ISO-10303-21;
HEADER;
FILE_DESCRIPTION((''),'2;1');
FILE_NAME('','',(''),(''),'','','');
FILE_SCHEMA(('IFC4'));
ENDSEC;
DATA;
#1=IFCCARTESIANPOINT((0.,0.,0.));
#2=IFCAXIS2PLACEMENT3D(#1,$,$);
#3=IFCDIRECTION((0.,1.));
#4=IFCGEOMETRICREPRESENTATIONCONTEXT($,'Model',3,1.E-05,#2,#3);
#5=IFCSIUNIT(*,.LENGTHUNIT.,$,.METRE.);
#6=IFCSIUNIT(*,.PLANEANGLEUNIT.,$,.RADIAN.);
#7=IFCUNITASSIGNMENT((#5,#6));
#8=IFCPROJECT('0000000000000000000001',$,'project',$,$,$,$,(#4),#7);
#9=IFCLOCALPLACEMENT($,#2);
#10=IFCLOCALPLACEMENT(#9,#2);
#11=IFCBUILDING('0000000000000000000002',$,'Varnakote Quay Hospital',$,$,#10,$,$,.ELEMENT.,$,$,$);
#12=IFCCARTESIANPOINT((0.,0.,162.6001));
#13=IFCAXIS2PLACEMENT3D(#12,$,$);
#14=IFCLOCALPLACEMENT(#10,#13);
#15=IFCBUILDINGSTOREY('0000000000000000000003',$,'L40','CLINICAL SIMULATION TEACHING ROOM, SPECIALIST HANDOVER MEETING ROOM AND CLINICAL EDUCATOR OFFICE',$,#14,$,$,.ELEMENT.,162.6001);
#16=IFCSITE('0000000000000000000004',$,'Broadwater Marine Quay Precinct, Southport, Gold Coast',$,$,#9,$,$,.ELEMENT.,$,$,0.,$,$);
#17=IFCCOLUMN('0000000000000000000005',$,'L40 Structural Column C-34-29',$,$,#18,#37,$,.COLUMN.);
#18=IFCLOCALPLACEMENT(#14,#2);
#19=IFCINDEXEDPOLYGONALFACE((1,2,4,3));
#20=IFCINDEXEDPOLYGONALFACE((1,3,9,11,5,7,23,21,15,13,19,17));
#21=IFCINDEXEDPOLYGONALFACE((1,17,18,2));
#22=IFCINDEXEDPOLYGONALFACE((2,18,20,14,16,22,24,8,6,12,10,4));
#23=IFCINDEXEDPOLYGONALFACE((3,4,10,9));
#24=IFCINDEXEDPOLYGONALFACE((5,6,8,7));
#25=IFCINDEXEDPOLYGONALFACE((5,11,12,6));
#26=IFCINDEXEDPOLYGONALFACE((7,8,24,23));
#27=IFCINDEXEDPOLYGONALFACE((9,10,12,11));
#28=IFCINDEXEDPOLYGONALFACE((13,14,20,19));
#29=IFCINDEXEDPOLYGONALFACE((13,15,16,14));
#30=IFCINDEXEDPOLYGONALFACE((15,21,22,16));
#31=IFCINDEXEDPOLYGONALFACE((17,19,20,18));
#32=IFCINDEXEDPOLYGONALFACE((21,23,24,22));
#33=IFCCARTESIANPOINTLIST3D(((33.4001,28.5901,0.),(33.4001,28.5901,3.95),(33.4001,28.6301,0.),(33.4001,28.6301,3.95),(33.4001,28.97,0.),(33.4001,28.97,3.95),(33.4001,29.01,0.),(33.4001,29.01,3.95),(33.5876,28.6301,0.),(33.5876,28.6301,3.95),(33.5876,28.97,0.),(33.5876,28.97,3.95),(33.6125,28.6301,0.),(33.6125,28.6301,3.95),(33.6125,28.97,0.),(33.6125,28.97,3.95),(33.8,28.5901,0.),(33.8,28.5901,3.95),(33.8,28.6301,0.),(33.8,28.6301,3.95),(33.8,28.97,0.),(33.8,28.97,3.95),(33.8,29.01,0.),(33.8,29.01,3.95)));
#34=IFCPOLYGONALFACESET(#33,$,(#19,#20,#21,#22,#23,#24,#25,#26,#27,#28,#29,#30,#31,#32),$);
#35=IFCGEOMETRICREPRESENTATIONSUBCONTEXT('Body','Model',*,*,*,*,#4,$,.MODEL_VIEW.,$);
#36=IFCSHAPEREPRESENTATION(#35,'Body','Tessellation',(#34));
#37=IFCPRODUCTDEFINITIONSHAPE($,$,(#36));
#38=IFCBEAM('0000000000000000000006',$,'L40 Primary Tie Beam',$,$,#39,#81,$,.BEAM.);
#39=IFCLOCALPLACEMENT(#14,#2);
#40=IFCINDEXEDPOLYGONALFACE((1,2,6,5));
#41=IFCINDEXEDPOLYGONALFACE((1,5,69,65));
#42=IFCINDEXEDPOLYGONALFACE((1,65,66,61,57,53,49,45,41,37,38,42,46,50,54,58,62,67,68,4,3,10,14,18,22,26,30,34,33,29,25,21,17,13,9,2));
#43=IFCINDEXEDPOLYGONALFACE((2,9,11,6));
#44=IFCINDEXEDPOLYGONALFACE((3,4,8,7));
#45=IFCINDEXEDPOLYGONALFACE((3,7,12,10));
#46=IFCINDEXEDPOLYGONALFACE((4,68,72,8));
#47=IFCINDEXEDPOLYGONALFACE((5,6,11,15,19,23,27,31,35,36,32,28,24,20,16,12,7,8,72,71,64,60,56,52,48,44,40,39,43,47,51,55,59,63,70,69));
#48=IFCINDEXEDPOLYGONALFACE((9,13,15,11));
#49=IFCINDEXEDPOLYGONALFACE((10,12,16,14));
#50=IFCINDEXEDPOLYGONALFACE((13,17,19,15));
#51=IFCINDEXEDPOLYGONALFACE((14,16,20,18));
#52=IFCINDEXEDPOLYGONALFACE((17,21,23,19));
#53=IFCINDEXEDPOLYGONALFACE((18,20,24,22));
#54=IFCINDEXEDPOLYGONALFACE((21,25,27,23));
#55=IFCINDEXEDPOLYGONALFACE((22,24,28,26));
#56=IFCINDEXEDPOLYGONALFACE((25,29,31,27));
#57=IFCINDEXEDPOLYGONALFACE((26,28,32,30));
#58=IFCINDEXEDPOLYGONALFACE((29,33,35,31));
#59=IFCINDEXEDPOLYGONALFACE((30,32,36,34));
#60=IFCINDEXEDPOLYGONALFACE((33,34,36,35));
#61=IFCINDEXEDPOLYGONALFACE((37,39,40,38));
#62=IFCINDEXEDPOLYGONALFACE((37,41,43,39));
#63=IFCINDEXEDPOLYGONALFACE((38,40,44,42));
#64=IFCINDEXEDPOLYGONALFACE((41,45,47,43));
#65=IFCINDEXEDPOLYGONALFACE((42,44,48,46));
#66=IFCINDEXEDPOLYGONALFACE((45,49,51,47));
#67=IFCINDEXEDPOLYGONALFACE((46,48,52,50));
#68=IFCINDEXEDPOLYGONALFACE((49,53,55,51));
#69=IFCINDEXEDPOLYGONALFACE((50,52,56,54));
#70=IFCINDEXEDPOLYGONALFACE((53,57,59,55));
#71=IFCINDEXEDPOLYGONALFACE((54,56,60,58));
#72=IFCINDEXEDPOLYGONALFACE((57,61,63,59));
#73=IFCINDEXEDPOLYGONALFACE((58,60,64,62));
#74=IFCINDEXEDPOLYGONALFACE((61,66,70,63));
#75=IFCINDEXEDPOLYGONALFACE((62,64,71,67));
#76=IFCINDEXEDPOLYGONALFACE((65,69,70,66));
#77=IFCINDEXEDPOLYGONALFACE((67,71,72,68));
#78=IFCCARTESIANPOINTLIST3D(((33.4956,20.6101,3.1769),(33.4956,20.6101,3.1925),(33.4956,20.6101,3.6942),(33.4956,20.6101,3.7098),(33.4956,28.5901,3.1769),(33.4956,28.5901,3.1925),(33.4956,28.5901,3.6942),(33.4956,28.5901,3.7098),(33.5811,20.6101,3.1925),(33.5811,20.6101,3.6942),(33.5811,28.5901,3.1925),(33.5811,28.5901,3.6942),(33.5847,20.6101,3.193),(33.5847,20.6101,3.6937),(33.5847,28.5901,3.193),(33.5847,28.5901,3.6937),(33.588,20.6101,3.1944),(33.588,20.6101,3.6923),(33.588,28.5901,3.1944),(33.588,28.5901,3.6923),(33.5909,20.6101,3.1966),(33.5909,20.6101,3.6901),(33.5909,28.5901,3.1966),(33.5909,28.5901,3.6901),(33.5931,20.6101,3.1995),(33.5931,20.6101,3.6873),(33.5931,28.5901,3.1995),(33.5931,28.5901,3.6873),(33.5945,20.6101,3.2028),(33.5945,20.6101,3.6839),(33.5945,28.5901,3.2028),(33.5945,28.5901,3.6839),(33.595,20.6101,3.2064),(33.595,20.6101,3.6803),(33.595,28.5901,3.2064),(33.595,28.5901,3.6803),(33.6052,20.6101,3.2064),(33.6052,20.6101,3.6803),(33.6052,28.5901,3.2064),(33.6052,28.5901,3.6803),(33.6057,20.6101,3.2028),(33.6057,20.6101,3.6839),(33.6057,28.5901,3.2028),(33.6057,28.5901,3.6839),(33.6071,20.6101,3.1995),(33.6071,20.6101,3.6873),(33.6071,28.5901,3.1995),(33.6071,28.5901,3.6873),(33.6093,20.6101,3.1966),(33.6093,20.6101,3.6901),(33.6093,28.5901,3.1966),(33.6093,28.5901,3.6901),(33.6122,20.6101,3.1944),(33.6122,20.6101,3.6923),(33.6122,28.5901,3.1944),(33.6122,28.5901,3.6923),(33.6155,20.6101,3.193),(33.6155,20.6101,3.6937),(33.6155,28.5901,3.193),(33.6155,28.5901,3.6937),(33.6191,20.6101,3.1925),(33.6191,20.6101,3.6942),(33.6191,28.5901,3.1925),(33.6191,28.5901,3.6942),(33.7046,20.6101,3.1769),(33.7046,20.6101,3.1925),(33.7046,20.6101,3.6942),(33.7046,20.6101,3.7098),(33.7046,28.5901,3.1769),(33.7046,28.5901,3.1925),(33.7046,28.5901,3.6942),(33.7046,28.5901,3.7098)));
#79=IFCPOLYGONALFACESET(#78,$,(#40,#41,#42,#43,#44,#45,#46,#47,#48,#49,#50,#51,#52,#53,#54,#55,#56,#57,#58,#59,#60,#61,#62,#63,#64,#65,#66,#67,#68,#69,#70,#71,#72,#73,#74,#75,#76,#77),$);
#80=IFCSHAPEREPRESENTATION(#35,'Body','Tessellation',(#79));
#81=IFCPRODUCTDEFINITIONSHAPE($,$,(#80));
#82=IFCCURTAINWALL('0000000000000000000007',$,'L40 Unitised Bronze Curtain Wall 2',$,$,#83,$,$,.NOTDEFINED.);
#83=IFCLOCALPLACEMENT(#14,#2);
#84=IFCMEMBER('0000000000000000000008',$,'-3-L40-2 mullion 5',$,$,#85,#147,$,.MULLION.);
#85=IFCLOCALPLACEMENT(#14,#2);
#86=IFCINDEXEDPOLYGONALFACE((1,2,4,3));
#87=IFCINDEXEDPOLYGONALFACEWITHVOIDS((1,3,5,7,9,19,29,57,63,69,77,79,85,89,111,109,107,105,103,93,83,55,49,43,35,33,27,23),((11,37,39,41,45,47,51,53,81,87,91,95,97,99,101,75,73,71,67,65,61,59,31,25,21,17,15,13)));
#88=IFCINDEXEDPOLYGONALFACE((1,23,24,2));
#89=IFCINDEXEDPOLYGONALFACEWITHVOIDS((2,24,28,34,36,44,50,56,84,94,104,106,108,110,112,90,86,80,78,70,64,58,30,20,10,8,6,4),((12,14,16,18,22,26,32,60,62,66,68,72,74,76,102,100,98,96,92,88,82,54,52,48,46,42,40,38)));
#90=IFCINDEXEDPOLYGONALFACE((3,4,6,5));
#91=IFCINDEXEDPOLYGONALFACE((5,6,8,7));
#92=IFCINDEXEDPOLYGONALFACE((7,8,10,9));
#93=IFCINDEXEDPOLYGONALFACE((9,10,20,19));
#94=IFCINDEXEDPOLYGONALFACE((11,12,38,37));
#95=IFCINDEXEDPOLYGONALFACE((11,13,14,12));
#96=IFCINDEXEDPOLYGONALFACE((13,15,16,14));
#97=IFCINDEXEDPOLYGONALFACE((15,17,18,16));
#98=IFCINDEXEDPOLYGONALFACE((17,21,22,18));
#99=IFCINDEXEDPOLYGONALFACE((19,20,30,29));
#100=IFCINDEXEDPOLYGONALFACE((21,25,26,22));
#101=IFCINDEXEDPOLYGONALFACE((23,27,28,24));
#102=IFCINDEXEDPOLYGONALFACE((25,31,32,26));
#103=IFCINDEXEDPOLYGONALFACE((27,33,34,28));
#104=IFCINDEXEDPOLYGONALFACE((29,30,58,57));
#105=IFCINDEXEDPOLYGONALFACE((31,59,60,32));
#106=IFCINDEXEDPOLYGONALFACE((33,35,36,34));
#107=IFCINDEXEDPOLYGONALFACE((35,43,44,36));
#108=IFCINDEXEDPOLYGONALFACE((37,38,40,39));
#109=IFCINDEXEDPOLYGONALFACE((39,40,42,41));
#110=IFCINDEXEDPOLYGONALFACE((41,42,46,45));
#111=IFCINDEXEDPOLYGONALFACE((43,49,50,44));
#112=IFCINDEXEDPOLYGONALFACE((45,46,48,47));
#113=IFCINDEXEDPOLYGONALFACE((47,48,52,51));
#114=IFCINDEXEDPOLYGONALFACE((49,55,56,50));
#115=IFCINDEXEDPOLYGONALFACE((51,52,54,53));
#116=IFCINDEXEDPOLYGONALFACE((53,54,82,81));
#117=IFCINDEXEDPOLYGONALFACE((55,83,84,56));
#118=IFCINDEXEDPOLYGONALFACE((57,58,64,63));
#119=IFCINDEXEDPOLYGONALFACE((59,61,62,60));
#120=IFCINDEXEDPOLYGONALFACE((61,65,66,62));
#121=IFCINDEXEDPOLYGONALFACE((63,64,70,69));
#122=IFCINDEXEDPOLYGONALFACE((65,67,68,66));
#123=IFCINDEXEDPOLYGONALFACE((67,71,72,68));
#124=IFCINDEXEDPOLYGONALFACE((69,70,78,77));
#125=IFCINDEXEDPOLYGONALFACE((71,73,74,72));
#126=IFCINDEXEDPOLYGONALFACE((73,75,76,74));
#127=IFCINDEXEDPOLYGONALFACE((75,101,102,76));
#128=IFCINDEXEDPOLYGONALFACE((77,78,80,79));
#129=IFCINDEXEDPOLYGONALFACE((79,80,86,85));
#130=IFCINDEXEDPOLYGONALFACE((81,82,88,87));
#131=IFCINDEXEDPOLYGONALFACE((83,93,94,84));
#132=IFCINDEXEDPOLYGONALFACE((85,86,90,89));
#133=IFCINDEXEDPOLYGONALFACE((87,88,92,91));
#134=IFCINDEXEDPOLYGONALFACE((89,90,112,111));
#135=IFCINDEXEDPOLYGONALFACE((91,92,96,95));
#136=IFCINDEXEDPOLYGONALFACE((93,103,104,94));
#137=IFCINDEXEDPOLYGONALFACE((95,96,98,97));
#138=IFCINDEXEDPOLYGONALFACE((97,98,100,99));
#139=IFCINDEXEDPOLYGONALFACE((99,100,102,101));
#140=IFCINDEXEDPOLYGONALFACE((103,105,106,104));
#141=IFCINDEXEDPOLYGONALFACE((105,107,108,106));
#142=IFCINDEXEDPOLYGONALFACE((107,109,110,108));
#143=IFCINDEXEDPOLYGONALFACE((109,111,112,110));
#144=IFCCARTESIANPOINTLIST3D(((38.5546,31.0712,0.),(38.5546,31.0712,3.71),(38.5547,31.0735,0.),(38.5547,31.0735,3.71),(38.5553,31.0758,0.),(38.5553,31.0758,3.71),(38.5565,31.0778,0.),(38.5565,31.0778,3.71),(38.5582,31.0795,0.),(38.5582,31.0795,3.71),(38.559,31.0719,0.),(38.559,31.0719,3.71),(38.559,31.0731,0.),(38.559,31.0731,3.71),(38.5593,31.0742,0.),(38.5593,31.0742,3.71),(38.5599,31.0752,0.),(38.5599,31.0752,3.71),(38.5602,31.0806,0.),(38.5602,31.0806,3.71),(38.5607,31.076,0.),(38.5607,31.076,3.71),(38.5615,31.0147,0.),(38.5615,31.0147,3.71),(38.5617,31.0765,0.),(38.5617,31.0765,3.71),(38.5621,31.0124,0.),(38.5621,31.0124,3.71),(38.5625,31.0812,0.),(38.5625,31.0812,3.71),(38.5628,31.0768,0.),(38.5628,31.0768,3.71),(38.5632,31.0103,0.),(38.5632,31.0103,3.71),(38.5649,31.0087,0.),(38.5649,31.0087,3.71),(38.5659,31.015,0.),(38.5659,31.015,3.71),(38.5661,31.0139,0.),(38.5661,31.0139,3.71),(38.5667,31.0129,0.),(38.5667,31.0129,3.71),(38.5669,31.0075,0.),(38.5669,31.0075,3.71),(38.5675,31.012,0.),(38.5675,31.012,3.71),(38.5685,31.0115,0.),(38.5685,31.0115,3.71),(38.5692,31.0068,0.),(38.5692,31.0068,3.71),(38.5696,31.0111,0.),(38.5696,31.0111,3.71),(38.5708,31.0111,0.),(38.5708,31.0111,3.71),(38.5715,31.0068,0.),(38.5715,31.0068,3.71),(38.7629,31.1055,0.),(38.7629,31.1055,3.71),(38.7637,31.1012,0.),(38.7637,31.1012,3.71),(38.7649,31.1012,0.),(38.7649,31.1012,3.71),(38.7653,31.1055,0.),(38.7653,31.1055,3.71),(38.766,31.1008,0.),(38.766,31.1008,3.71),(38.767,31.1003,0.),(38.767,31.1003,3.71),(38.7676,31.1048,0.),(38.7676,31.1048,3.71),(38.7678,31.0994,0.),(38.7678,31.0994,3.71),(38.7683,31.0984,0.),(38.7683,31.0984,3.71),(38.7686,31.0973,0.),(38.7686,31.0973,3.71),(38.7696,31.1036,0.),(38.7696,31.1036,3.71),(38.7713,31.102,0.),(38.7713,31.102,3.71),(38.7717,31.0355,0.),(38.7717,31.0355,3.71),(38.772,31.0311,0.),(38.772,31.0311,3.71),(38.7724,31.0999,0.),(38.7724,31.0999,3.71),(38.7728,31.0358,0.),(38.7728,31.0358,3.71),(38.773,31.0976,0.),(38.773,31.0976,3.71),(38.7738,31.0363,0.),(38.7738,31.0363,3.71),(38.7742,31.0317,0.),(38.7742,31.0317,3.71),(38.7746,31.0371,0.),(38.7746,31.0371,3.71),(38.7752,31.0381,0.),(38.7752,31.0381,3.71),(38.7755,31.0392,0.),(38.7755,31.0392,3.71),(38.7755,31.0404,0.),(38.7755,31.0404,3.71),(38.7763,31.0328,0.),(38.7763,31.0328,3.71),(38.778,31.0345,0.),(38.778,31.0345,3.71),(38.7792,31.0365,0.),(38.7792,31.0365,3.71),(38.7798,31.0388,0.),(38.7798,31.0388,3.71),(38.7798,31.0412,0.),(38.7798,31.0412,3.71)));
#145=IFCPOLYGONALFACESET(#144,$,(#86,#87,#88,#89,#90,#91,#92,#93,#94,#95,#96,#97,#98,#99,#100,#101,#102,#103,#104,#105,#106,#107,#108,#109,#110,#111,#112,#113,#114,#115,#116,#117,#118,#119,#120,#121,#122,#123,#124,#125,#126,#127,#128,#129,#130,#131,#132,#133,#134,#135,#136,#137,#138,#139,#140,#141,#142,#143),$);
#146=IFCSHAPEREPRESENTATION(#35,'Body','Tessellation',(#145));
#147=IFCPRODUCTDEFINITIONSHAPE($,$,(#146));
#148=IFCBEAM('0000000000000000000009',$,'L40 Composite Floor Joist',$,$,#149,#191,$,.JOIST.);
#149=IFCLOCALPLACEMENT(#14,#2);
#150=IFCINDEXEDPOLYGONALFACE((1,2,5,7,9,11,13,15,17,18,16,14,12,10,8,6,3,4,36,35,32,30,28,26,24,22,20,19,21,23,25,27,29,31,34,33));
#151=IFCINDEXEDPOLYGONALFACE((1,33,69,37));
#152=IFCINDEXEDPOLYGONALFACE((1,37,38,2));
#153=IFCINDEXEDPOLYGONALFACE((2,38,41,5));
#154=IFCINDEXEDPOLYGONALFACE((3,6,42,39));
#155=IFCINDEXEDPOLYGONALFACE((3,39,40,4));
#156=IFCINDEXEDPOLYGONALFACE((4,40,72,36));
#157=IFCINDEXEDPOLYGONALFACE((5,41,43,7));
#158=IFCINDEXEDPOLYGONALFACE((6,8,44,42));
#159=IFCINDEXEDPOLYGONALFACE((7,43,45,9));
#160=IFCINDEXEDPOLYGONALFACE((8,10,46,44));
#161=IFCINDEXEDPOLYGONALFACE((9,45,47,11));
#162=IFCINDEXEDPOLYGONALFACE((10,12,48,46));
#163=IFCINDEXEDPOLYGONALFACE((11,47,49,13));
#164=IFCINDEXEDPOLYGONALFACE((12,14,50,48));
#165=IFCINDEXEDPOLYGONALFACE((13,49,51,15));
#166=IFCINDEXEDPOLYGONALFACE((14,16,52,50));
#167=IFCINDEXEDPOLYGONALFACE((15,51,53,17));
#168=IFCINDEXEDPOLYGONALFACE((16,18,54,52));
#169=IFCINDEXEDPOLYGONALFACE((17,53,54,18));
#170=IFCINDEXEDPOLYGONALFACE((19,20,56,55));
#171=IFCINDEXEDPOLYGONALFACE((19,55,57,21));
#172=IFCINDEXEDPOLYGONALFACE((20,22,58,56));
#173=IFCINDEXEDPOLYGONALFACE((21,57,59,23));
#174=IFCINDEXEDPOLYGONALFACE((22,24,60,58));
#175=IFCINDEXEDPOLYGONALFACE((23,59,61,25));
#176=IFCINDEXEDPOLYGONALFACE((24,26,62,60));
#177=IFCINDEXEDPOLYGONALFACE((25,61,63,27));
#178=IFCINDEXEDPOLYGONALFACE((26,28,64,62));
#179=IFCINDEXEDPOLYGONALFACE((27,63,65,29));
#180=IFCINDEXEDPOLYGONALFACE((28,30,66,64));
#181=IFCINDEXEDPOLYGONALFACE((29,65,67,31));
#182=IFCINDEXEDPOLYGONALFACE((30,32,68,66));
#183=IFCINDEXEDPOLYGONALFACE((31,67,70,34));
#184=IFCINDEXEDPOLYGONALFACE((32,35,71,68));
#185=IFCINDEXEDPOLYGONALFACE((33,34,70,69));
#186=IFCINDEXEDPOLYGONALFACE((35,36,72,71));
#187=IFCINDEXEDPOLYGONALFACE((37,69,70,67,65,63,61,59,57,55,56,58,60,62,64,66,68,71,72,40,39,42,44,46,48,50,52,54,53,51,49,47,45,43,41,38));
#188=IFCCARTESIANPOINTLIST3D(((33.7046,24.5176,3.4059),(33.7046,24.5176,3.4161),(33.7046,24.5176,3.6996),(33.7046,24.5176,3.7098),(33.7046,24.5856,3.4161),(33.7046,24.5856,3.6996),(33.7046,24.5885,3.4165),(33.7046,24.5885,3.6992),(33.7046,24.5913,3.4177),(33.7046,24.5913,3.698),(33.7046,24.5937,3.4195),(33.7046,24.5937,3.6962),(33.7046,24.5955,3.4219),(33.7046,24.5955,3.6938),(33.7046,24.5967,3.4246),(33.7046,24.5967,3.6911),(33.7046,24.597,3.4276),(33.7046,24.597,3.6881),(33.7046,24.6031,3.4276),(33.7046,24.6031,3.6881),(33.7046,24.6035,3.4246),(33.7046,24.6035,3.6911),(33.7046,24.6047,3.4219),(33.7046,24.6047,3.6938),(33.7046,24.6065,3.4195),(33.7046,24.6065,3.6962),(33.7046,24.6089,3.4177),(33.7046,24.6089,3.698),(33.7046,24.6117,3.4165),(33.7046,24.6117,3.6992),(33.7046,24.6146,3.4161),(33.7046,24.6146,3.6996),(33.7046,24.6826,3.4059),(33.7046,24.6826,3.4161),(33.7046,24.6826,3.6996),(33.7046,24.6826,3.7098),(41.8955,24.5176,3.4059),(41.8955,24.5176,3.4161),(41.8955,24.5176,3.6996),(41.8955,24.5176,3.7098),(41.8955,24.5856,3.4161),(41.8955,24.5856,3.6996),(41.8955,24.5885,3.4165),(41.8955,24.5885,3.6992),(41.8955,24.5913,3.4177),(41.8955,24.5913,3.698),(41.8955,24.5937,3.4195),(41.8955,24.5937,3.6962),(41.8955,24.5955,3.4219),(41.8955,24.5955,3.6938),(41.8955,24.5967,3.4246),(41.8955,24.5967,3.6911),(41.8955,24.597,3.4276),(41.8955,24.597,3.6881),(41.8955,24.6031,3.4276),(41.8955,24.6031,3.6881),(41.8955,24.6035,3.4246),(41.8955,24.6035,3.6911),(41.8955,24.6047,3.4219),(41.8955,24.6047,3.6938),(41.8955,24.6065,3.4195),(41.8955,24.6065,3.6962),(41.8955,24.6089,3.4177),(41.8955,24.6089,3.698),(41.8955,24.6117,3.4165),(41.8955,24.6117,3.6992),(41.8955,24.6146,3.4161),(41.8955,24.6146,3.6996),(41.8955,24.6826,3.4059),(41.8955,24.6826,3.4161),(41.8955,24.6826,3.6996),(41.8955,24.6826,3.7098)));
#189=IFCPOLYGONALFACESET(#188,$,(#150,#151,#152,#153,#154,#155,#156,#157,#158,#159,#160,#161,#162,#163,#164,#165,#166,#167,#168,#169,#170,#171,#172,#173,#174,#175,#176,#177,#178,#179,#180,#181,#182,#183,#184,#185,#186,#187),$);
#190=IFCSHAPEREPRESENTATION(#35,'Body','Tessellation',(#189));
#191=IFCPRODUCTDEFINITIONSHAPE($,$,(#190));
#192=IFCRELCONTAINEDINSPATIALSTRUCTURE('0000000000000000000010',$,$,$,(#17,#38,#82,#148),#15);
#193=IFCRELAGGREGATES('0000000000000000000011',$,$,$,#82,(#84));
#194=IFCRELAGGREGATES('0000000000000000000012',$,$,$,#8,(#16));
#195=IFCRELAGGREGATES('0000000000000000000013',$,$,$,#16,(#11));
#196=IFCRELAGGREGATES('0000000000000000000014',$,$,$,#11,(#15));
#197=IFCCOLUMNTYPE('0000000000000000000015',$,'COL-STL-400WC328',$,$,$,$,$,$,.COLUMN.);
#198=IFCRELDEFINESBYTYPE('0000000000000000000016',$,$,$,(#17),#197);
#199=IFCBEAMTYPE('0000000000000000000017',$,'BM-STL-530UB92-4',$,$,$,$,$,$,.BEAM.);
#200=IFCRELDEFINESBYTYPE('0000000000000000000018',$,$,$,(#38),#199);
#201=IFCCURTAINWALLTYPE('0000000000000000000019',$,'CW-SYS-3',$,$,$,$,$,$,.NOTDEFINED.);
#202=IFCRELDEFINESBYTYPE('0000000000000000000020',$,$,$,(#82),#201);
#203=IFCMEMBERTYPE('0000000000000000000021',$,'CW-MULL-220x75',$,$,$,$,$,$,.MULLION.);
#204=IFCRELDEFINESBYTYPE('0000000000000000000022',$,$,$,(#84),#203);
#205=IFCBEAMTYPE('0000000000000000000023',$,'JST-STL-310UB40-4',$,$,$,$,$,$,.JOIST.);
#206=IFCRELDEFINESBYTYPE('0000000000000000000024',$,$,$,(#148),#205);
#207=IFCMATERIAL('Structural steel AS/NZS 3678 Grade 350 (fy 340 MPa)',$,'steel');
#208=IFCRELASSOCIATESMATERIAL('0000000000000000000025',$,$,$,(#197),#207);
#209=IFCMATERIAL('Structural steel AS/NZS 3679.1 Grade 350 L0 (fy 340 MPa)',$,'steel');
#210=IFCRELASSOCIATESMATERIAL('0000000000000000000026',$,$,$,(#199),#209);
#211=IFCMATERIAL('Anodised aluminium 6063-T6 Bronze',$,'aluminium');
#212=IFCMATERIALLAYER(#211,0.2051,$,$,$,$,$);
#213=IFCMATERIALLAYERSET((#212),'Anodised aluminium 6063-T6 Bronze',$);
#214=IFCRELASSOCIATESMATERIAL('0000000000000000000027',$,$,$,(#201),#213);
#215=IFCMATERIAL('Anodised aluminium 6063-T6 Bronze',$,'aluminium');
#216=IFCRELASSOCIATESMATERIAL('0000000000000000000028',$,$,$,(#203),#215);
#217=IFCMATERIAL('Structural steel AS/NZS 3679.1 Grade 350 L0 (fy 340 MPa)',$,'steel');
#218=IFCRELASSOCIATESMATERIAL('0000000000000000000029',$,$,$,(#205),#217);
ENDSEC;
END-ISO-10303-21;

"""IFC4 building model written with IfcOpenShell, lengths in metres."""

from ifc_helpers import new_model, si_unit, direction, frame, origin, origin_2d, place, context, subcontext, project, spatial, hollow_rectangle, i_section, extrude, material, layer, layer_set, material_profile, profile_set, type_object, element, aggregate, save


model = new_model("IFC4")

# Units and contexts
model_context = context("Model", 3, precision=1e-05, world=origin(), true_north=direction((0.0, 1.0)))
body_context = subcontext(model_context, "Body", "Model", "MODEL_VIEW")
ifc_project = project(units=[si_unit("LENGTHUNIT", "METRE"), si_unit("PLANEANGLEUNIT", "RADIAN")], contexts=[model_context])

# Site, building, storey
site_placement = place(None, origin())
site = spatial("IfcSite", under=ifc_project, at=site_placement, Name="Broadwater Marine Quay Precinct, Southport, Gold Coast", CompositionType="ELEMENT", RefElevation=0.0)
building_placement = place(site_placement, origin())
building = spatial("IfcBuilding", under=site, at=building_placement, Name="Varnakote Quay Hospital", CompositionType="ELEMENT")
storey_placement = place(building_placement, frame((0.0, 0.0, 162.6001)))
storey = spatial("IfcBuildingStorey", under=building, at=storey_placement, Name="L40", Description="CLINICAL SIMULATION TEACHING ROOM, SPECIALIST HANDOVER MEETING ROOM AND CLINICAL EDUCATOR OFFICE", CompositionType="ELEMENT", Elevation=162.6001)

# Column
ifc_material_1 = material(Name="Structural steel AS/NZS 3678 Grade 350 (fy 340 MPa)", Category="steel")
ifc_material_profile_1 = material_profile(ifc_material_1, i_section(OverallWidth=0.3999, OverallDepth=0.4199, WebThickness=0.0249, FlangeThickness=0.04, at=origin_2d()), Name="400WC328")
ifc_profile_set_1 = profile_set([ifc_material_profile_1], Name="Structural steel AS/NZS 3678 Grade 350 (fy 340 MPa)")
column_type = type_object("IfcColumnType", Name="COL-STL-400WC328", PredefinedType="COLUMN", material=ifc_profile_set_1)
column_placement = place(storey_placement, frame((33.6001, 28.8, 0.0), z_axis=(0.0, 0.0, 1.0), x_axis=(1.0, 0.0, 0.0)))
element("IfcColumn", 1, at=column_placement, inside=storey, type_object=column_type, Name="L40 Structural Column C-34-29", PredefinedType="COLUMN", context=body_context, shape_type="SweptSolid", body=[
    extrude(i_section(OverallWidth=0.3999, OverallDepth=0.4199, WebThickness=0.0249, FlangeThickness=0.04, at=origin_2d()), origin(), (0.0, 0.0, 1.0), 3.95),
])

# Beam
ifc_material_2 = material(Name="Structural steel AS/NZS 3679.1 Grade 350 L0 (fy 340 MPa)", Category="steel")
ifc_material_profile_2 = material_profile(ifc_material_2, i_section(OverallWidth=0.209, OverallDepth=0.533, WebThickness=0.0103, FlangeThickness=0.0156, FilletRadius=0.0139, at=origin_2d()), Name="530UB92.4")
ifc_profile_set_2 = profile_set([ifc_material_profile_2], Name="Structural steel AS/NZS 3679.1 Grade 350 L0 (fy 340 MPa)")
beam_type_1 = type_object("IfcBeamType", Name="BM-STL-530UB92-4", PredefinedType="BEAM", material=ifc_profile_set_2)
beam_1_placement = place(storey_placement, frame((33.6001, 20.6101, 3.4434), z_axis=(0.0, 1.0, 0.0), x_axis=(-1.0, 0.0, 0.0)))
element("IfcBeam", 2, at=beam_1_placement, inside=storey, type_object=beam_type_1, Name="L40 Primary Tie Beam", PredefinedType="BEAM", context=body_context, shape_type="SweptSolid", body=[
    extrude(i_section(OverallWidth=0.209, OverallDepth=0.533, WebThickness=0.0103, FlangeThickness=0.0156, FilletRadius=0.0139, at=origin_2d()), origin(), (0.0, 0.0, 1.0), 7.98),
])

# Curtain wall, member
ifc_material_3 = material(Name="Anodised aluminium 6063-T6 Bronze", Category="aluminium")
ifc_layer_1 = layer(ifc_material_3, 0.2051)
ifc_layer_set_1 = layer_set([ifc_layer_1], Name="Anodised aluminium 6063-T6 Bronze")
curtain_wall_type = type_object("IfcCurtainWallType", Name="CW-SYS-3", PredefinedType="NOTDEFINED", material=ifc_layer_set_1)
curtain_wall_placement = place(storey_placement, origin())
curtain_wall = element("IfcCurtainWall", 3, at=curtain_wall_placement, inside=storey, type_object=curtain_wall_type, Name="L40 Unitised Bronze Curtain Wall 2", PredefinedType="NOTDEFINED")
ifc_material_4 = material(Name="Anodised aluminium 6063-T6 Bronze", Category="aluminium")
ifc_material_profile_3 = material_profile(ifc_material_4, hollow_rectangle(XDim=0.075, YDim=0.22, WallThickness=0.0044, InnerFilletRadius=0.0044, OuterFilletRadius=0.009, at=origin_2d()), Name="CW-MULL-220x75")
ifc_profile_set_3 = profile_set([ifc_material_profile_3], Name="Anodised aluminium 6063-T6 Bronze")
member_type = type_object("IfcMemberType", Name="CW-MULL-220x75", PredefinedType="MULLION", material=ifc_profile_set_3)
member_placement = place(storey_placement, frame((38.6672, 31.0562, 0.0), z_axis=(0.0, 0.0, 1.0), x_axis=(0.120327, -0.992734, 0.0)))
member = element("IfcMember", 4, at=member_placement, type_object=member_type, Name="-3-L40-2 mullion 5", PredefinedType="MULLION", context=body_context, shape_type="SweptSolid", body=[
    extrude(hollow_rectangle(XDim=0.075, YDim=0.22, WallThickness=0.0044, InnerFilletRadius=0.0044, OuterFilletRadius=0.009, at=origin_2d()), origin(), (0.0, 0.0, 1.0), 3.71),
])

# Beam
ifc_material_5 = material(Name="Structural steel AS/NZS 3679.1 Grade 350 L0 (fy 340 MPa)", Category="steel")
ifc_material_profile_4 = material_profile(ifc_material_5, i_section(OverallWidth=0.165, OverallDepth=0.304, WebThickness=0.0061, FlangeThickness=0.0103, FilletRadius=0.0115, at=origin_2d()), Name="310UB40.4")
ifc_profile_set_4 = profile_set([ifc_material_profile_4], Name="Structural steel AS/NZS 3679.1 Grade 350 L0 (fy 340 MPa)")
beam_type_2 = type_object("IfcBeamType", Name="JST-STL-310UB40-4", PredefinedType="JOIST", material=ifc_profile_set_4)
beam_2_placement = place(storey_placement, frame((33.7046, 24.6001, 3.5579), z_axis=(1.0, 0.0, 0.0), x_axis=(0.0, 1.0, 0.0)))
element("IfcBeam", 5, at=beam_2_placement, inside=storey, type_object=beam_type_2, Name="L40 Composite Floor Joist", PredefinedType="JOIST", context=body_context, shape_type="SweptSolid", body=[
    extrude(i_section(OverallWidth=0.165, OverallDepth=0.304, WebThickness=0.0061, FlangeThickness=0.0103, FilletRadius=0.0115, at=origin_2d()), origin(), (0.0, 0.0, 1.0), 8.1909),
])

aggregate(curtain_wall, [member])

save(model, "model.ifc")
